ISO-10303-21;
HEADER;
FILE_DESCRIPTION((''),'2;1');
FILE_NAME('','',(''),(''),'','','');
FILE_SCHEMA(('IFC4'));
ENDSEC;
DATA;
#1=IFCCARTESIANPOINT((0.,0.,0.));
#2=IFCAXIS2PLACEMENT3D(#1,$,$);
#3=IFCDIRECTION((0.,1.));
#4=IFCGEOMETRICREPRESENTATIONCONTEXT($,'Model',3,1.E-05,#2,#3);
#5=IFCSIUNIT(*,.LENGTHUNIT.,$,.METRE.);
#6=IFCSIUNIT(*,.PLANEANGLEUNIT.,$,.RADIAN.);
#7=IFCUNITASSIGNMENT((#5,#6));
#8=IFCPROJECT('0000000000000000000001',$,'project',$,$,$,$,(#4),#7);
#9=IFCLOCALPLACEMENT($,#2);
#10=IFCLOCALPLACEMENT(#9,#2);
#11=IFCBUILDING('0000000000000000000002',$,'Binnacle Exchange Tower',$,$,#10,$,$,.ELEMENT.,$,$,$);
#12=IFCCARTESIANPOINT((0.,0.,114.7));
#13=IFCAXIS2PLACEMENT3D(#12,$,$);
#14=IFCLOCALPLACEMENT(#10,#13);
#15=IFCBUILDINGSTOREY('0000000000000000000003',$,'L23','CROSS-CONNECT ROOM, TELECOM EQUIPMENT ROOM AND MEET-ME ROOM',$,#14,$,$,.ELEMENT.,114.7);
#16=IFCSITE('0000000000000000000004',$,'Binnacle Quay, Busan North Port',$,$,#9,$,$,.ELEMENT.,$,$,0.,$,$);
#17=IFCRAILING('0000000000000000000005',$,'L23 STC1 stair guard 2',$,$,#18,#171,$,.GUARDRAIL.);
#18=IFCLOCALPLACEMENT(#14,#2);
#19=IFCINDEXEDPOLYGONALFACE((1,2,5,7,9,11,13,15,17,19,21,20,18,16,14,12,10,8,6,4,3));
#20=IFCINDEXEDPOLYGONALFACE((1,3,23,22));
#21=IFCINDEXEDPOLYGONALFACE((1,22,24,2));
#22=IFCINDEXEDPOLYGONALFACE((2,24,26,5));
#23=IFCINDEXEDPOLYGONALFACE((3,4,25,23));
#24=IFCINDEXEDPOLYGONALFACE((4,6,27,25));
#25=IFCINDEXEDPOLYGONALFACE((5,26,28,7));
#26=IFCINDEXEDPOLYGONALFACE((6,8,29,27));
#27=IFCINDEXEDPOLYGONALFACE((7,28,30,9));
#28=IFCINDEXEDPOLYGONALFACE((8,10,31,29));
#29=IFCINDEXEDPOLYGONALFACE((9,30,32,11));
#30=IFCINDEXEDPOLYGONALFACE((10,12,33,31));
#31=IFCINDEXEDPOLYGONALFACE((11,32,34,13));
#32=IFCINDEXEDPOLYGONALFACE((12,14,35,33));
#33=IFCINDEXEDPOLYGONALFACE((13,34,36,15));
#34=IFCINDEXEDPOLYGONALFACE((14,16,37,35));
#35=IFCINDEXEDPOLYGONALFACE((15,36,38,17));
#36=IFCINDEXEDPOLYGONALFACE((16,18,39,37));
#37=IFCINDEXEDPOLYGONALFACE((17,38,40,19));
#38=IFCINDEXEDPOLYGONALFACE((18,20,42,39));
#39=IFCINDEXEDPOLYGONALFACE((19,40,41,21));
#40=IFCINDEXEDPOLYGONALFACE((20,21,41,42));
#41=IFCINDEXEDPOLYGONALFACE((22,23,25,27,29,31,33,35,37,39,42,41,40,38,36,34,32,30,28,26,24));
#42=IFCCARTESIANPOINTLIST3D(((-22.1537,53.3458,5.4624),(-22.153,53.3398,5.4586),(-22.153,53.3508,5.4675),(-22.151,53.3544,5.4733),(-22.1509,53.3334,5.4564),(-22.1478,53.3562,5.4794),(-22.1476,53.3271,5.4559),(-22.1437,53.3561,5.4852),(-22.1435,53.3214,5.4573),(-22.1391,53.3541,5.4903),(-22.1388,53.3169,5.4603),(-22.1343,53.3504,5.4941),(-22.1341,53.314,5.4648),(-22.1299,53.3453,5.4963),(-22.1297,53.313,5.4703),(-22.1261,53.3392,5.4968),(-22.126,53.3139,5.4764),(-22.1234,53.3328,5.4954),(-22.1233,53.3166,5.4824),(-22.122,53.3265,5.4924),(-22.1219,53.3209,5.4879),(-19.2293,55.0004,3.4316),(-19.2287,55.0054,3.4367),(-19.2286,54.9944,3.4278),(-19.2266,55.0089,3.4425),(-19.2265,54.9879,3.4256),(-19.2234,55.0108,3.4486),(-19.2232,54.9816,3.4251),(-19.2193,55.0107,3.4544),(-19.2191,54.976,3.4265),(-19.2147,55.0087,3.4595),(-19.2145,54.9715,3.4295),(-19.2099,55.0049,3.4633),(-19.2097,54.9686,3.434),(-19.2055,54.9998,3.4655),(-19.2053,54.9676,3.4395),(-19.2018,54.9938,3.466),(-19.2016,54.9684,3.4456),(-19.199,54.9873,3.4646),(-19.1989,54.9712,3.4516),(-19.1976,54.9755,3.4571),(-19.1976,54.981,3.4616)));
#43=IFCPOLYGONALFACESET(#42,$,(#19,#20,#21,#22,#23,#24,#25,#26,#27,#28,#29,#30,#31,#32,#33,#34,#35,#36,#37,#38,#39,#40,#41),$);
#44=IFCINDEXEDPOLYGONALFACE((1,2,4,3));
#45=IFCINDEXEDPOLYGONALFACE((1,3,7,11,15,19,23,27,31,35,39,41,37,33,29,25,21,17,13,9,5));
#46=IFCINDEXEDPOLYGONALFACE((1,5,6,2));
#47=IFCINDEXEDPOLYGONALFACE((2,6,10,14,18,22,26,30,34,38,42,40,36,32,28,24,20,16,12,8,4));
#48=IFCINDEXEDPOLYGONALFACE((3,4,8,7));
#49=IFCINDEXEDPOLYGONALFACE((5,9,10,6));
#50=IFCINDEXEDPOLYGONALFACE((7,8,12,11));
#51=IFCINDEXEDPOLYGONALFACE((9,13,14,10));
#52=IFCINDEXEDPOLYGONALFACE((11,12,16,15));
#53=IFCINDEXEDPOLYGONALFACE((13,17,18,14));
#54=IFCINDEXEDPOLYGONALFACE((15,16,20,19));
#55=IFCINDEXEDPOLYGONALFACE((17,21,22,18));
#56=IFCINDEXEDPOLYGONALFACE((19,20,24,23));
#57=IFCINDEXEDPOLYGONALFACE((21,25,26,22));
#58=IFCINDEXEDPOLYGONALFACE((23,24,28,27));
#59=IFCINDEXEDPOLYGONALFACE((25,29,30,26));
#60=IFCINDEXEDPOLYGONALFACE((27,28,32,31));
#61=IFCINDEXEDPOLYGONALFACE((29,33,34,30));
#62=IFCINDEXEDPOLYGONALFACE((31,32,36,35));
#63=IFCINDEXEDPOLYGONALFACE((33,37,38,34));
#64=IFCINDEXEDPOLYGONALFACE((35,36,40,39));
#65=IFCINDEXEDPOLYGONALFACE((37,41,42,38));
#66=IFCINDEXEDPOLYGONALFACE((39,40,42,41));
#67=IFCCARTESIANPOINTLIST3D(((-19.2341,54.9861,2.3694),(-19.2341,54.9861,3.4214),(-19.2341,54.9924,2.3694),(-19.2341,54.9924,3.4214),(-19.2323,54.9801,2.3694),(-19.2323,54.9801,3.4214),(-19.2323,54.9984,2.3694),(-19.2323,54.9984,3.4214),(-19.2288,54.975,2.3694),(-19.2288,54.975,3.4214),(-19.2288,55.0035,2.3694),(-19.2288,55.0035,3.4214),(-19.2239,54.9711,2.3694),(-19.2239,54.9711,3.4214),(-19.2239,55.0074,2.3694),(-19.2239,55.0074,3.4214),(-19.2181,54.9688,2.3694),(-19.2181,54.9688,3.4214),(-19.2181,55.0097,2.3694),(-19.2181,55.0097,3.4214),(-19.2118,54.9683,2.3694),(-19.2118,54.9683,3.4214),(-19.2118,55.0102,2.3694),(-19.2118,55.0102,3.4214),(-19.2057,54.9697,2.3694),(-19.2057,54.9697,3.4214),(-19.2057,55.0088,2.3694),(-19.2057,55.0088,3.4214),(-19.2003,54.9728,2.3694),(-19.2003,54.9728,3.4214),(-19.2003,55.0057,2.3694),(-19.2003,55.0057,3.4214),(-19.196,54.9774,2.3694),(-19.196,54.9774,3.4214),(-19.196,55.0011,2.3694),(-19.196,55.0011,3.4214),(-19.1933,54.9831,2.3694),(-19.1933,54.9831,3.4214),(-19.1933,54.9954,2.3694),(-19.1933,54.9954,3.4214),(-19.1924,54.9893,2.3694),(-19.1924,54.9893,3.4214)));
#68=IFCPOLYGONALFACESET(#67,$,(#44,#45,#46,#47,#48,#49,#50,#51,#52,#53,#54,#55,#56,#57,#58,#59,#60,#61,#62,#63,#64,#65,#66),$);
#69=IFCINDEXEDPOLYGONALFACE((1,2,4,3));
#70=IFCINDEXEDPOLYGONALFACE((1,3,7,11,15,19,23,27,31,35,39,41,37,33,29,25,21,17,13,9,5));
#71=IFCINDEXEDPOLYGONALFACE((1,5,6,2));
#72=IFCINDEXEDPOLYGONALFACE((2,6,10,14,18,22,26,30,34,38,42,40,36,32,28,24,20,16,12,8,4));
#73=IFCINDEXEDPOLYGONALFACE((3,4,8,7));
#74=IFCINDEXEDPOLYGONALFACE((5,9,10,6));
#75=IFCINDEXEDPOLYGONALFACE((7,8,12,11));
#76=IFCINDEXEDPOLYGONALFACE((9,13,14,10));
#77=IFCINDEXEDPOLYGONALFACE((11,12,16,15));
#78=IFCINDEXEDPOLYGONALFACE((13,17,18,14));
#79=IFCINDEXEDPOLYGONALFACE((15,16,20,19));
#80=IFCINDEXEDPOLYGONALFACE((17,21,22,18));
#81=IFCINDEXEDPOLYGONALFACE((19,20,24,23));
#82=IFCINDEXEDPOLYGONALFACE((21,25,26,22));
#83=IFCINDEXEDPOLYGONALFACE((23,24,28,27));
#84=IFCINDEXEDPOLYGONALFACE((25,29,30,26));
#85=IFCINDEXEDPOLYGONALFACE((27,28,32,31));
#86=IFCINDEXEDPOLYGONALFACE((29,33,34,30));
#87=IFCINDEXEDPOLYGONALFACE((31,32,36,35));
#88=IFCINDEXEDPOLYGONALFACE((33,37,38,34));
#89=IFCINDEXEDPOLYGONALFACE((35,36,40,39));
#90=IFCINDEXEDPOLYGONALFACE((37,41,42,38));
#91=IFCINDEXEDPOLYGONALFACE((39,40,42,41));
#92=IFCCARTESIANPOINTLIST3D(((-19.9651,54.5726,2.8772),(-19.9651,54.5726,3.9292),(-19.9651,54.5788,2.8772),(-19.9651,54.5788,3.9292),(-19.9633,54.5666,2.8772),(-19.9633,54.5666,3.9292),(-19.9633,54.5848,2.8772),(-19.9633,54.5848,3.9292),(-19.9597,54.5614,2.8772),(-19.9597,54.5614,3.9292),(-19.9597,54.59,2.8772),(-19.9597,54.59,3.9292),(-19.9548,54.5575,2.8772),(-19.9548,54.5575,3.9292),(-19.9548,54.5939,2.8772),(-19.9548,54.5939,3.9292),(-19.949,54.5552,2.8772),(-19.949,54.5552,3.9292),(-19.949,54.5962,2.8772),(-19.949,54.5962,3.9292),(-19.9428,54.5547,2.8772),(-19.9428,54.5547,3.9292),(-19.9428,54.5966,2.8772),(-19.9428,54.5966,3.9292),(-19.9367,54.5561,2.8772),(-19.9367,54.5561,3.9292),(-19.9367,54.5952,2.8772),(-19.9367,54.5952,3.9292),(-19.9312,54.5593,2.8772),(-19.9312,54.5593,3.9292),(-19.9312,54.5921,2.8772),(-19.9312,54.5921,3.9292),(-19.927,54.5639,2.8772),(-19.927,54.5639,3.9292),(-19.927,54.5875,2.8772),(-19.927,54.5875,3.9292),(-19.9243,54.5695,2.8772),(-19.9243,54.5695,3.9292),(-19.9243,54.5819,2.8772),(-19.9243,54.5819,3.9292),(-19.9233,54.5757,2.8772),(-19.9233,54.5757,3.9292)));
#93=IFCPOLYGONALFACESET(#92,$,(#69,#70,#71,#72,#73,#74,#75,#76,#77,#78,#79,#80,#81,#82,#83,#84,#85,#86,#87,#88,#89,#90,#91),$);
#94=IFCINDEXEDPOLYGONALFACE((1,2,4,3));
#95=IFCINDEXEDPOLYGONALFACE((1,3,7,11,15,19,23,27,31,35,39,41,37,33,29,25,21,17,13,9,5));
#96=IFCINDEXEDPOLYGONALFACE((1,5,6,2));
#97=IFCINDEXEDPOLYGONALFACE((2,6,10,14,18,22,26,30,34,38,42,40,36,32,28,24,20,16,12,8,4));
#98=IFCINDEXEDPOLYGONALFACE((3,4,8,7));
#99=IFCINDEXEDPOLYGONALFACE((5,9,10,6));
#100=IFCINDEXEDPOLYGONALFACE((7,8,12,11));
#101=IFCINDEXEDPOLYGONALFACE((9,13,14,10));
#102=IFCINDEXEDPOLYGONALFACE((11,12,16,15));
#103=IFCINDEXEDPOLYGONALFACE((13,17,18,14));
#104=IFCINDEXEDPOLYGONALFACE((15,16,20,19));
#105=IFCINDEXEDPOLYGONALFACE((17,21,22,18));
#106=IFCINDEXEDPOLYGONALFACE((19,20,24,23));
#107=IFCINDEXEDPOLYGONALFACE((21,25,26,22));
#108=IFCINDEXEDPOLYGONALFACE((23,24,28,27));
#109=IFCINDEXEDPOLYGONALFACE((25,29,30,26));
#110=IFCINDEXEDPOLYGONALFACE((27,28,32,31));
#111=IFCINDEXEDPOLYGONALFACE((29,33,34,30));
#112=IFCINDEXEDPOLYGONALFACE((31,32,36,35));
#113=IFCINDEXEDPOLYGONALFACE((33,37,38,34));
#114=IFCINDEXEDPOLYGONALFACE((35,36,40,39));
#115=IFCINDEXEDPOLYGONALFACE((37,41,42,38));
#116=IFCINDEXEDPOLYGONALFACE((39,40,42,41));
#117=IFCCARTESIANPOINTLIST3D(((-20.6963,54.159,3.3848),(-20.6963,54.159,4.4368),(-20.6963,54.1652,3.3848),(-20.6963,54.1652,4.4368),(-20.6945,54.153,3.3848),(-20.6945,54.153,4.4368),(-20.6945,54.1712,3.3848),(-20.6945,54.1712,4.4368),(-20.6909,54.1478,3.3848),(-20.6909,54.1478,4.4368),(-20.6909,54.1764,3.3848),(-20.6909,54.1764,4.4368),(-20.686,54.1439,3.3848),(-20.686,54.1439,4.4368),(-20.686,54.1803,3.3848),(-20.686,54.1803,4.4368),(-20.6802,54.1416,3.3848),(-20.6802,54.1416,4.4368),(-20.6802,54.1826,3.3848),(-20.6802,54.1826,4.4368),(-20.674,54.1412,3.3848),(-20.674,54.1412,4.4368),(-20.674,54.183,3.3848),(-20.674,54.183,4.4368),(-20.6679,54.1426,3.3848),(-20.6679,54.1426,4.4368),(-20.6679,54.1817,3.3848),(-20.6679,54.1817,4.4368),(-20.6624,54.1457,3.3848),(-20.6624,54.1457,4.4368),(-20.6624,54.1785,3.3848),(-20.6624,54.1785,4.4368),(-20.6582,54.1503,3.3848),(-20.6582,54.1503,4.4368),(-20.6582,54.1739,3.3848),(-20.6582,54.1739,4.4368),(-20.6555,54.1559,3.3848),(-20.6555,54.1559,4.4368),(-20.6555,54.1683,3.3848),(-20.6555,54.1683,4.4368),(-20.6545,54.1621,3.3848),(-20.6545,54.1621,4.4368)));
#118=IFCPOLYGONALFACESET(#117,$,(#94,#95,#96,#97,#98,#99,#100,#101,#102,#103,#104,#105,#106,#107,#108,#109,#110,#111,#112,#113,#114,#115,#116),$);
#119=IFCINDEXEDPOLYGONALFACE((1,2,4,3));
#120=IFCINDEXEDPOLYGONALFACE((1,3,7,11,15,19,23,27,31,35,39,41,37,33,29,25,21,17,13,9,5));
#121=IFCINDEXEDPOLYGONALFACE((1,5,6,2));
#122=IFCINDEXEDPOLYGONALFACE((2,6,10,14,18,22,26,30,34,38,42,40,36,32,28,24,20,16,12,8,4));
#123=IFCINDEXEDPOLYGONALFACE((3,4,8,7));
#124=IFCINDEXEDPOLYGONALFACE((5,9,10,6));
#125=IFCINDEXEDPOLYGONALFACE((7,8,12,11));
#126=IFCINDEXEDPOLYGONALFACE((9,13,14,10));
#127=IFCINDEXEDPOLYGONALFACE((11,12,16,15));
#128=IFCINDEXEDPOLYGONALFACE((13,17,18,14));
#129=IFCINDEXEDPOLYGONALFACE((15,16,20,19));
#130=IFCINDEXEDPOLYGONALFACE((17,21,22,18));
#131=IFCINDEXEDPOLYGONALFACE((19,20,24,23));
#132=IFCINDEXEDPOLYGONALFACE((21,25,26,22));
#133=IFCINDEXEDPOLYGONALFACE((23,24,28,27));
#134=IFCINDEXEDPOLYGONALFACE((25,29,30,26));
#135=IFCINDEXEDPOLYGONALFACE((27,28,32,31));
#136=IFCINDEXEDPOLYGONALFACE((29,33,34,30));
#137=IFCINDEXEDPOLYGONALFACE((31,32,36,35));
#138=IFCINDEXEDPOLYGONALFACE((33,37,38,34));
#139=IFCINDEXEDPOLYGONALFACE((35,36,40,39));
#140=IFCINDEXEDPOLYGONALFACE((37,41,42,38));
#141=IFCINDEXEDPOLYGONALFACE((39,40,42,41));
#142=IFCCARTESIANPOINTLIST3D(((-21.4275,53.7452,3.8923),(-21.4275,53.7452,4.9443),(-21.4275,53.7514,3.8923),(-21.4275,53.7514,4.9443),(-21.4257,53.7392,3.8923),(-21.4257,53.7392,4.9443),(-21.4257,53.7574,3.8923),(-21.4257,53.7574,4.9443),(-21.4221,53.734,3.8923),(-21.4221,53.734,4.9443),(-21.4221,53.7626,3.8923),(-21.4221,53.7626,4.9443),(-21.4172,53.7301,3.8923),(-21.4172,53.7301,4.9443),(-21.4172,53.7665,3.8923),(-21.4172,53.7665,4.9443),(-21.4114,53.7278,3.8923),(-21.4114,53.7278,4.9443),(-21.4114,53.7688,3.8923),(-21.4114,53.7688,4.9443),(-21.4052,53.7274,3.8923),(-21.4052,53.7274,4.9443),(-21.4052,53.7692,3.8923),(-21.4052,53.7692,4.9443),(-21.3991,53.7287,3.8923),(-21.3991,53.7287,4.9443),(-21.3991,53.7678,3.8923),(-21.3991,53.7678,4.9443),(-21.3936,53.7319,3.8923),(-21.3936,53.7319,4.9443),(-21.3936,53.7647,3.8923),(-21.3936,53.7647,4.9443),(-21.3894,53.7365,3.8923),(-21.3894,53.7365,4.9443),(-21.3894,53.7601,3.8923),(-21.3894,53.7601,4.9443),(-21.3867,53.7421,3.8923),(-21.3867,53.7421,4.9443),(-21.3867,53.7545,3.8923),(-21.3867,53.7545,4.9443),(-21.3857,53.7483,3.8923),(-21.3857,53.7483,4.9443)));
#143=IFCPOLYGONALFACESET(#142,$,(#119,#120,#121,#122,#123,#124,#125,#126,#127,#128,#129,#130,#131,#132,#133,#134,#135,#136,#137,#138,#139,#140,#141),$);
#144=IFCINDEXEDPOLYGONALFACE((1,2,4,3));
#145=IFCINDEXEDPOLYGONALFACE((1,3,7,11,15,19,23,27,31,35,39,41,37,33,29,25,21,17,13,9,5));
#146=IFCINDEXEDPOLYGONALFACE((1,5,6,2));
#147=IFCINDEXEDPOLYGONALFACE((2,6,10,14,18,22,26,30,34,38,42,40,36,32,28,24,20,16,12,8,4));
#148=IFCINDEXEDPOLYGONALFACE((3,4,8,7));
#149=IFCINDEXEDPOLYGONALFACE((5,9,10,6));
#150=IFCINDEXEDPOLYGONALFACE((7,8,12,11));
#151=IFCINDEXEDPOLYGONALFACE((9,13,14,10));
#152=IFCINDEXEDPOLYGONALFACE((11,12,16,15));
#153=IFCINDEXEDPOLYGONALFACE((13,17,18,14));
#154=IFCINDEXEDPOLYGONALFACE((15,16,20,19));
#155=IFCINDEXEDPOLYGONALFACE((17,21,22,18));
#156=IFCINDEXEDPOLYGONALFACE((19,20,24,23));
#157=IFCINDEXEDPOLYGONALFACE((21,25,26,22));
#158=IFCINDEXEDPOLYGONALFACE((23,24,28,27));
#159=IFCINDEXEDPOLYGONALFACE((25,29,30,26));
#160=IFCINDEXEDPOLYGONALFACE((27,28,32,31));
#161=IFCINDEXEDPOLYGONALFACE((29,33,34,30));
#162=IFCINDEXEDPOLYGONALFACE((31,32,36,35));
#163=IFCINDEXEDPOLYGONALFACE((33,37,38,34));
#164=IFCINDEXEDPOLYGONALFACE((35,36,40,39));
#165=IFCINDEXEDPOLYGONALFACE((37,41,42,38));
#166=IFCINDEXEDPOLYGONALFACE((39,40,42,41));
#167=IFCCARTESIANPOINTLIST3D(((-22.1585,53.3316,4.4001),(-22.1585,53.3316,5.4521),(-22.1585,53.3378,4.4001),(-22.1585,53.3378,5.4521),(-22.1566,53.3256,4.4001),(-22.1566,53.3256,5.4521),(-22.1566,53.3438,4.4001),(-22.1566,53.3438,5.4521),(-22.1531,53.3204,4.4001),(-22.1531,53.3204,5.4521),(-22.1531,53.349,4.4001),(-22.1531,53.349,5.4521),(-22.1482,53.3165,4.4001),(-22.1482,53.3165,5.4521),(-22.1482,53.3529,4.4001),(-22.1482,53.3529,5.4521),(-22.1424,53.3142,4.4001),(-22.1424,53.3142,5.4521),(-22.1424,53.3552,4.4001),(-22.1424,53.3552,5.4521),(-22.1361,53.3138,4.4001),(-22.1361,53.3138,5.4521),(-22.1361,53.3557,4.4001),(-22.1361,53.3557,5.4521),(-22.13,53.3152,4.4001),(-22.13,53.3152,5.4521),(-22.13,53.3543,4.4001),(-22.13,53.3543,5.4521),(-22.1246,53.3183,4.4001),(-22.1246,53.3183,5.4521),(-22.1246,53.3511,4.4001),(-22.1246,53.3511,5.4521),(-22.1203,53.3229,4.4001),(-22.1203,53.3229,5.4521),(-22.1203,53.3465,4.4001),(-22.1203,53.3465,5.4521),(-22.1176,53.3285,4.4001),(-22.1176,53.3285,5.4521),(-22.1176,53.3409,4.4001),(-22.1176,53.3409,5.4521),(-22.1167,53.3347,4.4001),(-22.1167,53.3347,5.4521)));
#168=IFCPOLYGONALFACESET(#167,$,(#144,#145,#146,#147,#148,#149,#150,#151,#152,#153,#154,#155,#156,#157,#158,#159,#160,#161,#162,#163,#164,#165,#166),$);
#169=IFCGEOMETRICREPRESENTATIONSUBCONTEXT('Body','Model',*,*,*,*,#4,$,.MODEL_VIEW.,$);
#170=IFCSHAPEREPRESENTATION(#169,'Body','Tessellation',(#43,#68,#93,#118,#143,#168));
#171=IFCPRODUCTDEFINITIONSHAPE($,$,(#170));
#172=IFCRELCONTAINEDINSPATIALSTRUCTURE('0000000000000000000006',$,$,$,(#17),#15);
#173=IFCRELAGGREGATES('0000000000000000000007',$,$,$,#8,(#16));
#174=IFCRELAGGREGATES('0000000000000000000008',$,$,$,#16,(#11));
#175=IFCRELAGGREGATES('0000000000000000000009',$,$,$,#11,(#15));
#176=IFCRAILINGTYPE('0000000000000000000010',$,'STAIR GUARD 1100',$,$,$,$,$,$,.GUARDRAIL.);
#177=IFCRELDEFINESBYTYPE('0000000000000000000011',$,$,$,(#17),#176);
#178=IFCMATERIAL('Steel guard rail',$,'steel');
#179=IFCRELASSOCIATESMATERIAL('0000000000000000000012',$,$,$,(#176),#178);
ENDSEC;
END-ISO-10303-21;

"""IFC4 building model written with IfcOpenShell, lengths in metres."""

from ifc_helpers import new_model, si_unit, direction, frame, origin, origin_2d, place, context, subcontext, project, spatial, circle, extrude, material, type_object, element, save


model = new_model("IFC4")

# Units and contexts
model_context = context("Model", 3, precision=1e-05, world=origin(), true_north=direction((0.0, 1.0)))
body_context = subcontext(model_context, "Body", "Model", "MODEL_VIEW")
ifc_project = project(units=[si_unit("LENGTHUNIT", "METRE"), si_unit("PLANEANGLEUNIT", "RADIAN")], contexts=[model_context])

# Site, building, storey
site_placement = place(None, origin())
site = spatial("IfcSite", under=ifc_project, at=site_placement, Name="Binnacle Quay, Busan North Port", CompositionType="ELEMENT", RefElevation=0.0)
building_placement = place(site_placement, origin())
building = spatial("IfcBuilding", under=site, at=building_placement, Name="Binnacle Exchange Tower", CompositionType="ELEMENT")
storey_placement = place(building_placement, frame((0.0, 0.0, 114.7)))
storey = spatial("IfcBuildingStorey", under=building, at=storey_placement, Name="L23", Description="CROSS-CONNECT ROOM, TELECOM EQUIPMENT ROOM AND MEET-ME ROOM", CompositionType="ELEMENT", Elevation=114.7)

# Railing
ifc_material_1 = material(Name="Steel guard rail", Category="steel")
railing_type = type_object("IfcRailingType", Name="STAIR GUARD 1100", PredefinedType="GUARDRAIL", material=ifc_material_1)
railing_1_placement = place(storey_placement, frame((-19.2134, 54.9893, 2.3694)))
element("IfcRailing", 1, at=railing_1_placement, inside=storey, type_object=railing_type, Name="L23 STC1 stair guard 2", PredefinedType="GUARDRAIL", context=body_context, shape_type="SweptSolid", body=[
    extrude(circle(Radius=0.0239, at=origin_2d()), frame((0.0, 0.0, 1.0762), z_axis=(-0.744867, -0.421437, 0.517266), x_axis=(0.492433, -0.87035, 0.0)), (0.0, 0.0, 1.0), 3.926),
    extrude(circle(Radius=0.021, at=origin_2d()), origin(), (0.0, 0.0, 1.0), 1.052),
    extrude(circle(Radius=0.021, at=origin_2d()), frame((-0.731, -0.4136, 0.5078)), (0.0, 0.0, 1.0), 1.052),
    extrude(circle(Radius=0.021, at=origin_2d()), frame((-1.4622, -0.8271, 1.0154)), (0.0, 0.0, 1.0), 1.052),
    extrude(circle(Radius=0.021, at=origin_2d()), frame((-2.1934, -1.241, 1.5229)), (0.0, 0.0, 1.0), 1.052),
    extrude(circle(Radius=0.021, at=origin_2d()), frame((-2.9243, -1.6545, 2.0308)), (0.0, 0.0, 1.0), 1.052),
])

save(model, "model.ifc")
